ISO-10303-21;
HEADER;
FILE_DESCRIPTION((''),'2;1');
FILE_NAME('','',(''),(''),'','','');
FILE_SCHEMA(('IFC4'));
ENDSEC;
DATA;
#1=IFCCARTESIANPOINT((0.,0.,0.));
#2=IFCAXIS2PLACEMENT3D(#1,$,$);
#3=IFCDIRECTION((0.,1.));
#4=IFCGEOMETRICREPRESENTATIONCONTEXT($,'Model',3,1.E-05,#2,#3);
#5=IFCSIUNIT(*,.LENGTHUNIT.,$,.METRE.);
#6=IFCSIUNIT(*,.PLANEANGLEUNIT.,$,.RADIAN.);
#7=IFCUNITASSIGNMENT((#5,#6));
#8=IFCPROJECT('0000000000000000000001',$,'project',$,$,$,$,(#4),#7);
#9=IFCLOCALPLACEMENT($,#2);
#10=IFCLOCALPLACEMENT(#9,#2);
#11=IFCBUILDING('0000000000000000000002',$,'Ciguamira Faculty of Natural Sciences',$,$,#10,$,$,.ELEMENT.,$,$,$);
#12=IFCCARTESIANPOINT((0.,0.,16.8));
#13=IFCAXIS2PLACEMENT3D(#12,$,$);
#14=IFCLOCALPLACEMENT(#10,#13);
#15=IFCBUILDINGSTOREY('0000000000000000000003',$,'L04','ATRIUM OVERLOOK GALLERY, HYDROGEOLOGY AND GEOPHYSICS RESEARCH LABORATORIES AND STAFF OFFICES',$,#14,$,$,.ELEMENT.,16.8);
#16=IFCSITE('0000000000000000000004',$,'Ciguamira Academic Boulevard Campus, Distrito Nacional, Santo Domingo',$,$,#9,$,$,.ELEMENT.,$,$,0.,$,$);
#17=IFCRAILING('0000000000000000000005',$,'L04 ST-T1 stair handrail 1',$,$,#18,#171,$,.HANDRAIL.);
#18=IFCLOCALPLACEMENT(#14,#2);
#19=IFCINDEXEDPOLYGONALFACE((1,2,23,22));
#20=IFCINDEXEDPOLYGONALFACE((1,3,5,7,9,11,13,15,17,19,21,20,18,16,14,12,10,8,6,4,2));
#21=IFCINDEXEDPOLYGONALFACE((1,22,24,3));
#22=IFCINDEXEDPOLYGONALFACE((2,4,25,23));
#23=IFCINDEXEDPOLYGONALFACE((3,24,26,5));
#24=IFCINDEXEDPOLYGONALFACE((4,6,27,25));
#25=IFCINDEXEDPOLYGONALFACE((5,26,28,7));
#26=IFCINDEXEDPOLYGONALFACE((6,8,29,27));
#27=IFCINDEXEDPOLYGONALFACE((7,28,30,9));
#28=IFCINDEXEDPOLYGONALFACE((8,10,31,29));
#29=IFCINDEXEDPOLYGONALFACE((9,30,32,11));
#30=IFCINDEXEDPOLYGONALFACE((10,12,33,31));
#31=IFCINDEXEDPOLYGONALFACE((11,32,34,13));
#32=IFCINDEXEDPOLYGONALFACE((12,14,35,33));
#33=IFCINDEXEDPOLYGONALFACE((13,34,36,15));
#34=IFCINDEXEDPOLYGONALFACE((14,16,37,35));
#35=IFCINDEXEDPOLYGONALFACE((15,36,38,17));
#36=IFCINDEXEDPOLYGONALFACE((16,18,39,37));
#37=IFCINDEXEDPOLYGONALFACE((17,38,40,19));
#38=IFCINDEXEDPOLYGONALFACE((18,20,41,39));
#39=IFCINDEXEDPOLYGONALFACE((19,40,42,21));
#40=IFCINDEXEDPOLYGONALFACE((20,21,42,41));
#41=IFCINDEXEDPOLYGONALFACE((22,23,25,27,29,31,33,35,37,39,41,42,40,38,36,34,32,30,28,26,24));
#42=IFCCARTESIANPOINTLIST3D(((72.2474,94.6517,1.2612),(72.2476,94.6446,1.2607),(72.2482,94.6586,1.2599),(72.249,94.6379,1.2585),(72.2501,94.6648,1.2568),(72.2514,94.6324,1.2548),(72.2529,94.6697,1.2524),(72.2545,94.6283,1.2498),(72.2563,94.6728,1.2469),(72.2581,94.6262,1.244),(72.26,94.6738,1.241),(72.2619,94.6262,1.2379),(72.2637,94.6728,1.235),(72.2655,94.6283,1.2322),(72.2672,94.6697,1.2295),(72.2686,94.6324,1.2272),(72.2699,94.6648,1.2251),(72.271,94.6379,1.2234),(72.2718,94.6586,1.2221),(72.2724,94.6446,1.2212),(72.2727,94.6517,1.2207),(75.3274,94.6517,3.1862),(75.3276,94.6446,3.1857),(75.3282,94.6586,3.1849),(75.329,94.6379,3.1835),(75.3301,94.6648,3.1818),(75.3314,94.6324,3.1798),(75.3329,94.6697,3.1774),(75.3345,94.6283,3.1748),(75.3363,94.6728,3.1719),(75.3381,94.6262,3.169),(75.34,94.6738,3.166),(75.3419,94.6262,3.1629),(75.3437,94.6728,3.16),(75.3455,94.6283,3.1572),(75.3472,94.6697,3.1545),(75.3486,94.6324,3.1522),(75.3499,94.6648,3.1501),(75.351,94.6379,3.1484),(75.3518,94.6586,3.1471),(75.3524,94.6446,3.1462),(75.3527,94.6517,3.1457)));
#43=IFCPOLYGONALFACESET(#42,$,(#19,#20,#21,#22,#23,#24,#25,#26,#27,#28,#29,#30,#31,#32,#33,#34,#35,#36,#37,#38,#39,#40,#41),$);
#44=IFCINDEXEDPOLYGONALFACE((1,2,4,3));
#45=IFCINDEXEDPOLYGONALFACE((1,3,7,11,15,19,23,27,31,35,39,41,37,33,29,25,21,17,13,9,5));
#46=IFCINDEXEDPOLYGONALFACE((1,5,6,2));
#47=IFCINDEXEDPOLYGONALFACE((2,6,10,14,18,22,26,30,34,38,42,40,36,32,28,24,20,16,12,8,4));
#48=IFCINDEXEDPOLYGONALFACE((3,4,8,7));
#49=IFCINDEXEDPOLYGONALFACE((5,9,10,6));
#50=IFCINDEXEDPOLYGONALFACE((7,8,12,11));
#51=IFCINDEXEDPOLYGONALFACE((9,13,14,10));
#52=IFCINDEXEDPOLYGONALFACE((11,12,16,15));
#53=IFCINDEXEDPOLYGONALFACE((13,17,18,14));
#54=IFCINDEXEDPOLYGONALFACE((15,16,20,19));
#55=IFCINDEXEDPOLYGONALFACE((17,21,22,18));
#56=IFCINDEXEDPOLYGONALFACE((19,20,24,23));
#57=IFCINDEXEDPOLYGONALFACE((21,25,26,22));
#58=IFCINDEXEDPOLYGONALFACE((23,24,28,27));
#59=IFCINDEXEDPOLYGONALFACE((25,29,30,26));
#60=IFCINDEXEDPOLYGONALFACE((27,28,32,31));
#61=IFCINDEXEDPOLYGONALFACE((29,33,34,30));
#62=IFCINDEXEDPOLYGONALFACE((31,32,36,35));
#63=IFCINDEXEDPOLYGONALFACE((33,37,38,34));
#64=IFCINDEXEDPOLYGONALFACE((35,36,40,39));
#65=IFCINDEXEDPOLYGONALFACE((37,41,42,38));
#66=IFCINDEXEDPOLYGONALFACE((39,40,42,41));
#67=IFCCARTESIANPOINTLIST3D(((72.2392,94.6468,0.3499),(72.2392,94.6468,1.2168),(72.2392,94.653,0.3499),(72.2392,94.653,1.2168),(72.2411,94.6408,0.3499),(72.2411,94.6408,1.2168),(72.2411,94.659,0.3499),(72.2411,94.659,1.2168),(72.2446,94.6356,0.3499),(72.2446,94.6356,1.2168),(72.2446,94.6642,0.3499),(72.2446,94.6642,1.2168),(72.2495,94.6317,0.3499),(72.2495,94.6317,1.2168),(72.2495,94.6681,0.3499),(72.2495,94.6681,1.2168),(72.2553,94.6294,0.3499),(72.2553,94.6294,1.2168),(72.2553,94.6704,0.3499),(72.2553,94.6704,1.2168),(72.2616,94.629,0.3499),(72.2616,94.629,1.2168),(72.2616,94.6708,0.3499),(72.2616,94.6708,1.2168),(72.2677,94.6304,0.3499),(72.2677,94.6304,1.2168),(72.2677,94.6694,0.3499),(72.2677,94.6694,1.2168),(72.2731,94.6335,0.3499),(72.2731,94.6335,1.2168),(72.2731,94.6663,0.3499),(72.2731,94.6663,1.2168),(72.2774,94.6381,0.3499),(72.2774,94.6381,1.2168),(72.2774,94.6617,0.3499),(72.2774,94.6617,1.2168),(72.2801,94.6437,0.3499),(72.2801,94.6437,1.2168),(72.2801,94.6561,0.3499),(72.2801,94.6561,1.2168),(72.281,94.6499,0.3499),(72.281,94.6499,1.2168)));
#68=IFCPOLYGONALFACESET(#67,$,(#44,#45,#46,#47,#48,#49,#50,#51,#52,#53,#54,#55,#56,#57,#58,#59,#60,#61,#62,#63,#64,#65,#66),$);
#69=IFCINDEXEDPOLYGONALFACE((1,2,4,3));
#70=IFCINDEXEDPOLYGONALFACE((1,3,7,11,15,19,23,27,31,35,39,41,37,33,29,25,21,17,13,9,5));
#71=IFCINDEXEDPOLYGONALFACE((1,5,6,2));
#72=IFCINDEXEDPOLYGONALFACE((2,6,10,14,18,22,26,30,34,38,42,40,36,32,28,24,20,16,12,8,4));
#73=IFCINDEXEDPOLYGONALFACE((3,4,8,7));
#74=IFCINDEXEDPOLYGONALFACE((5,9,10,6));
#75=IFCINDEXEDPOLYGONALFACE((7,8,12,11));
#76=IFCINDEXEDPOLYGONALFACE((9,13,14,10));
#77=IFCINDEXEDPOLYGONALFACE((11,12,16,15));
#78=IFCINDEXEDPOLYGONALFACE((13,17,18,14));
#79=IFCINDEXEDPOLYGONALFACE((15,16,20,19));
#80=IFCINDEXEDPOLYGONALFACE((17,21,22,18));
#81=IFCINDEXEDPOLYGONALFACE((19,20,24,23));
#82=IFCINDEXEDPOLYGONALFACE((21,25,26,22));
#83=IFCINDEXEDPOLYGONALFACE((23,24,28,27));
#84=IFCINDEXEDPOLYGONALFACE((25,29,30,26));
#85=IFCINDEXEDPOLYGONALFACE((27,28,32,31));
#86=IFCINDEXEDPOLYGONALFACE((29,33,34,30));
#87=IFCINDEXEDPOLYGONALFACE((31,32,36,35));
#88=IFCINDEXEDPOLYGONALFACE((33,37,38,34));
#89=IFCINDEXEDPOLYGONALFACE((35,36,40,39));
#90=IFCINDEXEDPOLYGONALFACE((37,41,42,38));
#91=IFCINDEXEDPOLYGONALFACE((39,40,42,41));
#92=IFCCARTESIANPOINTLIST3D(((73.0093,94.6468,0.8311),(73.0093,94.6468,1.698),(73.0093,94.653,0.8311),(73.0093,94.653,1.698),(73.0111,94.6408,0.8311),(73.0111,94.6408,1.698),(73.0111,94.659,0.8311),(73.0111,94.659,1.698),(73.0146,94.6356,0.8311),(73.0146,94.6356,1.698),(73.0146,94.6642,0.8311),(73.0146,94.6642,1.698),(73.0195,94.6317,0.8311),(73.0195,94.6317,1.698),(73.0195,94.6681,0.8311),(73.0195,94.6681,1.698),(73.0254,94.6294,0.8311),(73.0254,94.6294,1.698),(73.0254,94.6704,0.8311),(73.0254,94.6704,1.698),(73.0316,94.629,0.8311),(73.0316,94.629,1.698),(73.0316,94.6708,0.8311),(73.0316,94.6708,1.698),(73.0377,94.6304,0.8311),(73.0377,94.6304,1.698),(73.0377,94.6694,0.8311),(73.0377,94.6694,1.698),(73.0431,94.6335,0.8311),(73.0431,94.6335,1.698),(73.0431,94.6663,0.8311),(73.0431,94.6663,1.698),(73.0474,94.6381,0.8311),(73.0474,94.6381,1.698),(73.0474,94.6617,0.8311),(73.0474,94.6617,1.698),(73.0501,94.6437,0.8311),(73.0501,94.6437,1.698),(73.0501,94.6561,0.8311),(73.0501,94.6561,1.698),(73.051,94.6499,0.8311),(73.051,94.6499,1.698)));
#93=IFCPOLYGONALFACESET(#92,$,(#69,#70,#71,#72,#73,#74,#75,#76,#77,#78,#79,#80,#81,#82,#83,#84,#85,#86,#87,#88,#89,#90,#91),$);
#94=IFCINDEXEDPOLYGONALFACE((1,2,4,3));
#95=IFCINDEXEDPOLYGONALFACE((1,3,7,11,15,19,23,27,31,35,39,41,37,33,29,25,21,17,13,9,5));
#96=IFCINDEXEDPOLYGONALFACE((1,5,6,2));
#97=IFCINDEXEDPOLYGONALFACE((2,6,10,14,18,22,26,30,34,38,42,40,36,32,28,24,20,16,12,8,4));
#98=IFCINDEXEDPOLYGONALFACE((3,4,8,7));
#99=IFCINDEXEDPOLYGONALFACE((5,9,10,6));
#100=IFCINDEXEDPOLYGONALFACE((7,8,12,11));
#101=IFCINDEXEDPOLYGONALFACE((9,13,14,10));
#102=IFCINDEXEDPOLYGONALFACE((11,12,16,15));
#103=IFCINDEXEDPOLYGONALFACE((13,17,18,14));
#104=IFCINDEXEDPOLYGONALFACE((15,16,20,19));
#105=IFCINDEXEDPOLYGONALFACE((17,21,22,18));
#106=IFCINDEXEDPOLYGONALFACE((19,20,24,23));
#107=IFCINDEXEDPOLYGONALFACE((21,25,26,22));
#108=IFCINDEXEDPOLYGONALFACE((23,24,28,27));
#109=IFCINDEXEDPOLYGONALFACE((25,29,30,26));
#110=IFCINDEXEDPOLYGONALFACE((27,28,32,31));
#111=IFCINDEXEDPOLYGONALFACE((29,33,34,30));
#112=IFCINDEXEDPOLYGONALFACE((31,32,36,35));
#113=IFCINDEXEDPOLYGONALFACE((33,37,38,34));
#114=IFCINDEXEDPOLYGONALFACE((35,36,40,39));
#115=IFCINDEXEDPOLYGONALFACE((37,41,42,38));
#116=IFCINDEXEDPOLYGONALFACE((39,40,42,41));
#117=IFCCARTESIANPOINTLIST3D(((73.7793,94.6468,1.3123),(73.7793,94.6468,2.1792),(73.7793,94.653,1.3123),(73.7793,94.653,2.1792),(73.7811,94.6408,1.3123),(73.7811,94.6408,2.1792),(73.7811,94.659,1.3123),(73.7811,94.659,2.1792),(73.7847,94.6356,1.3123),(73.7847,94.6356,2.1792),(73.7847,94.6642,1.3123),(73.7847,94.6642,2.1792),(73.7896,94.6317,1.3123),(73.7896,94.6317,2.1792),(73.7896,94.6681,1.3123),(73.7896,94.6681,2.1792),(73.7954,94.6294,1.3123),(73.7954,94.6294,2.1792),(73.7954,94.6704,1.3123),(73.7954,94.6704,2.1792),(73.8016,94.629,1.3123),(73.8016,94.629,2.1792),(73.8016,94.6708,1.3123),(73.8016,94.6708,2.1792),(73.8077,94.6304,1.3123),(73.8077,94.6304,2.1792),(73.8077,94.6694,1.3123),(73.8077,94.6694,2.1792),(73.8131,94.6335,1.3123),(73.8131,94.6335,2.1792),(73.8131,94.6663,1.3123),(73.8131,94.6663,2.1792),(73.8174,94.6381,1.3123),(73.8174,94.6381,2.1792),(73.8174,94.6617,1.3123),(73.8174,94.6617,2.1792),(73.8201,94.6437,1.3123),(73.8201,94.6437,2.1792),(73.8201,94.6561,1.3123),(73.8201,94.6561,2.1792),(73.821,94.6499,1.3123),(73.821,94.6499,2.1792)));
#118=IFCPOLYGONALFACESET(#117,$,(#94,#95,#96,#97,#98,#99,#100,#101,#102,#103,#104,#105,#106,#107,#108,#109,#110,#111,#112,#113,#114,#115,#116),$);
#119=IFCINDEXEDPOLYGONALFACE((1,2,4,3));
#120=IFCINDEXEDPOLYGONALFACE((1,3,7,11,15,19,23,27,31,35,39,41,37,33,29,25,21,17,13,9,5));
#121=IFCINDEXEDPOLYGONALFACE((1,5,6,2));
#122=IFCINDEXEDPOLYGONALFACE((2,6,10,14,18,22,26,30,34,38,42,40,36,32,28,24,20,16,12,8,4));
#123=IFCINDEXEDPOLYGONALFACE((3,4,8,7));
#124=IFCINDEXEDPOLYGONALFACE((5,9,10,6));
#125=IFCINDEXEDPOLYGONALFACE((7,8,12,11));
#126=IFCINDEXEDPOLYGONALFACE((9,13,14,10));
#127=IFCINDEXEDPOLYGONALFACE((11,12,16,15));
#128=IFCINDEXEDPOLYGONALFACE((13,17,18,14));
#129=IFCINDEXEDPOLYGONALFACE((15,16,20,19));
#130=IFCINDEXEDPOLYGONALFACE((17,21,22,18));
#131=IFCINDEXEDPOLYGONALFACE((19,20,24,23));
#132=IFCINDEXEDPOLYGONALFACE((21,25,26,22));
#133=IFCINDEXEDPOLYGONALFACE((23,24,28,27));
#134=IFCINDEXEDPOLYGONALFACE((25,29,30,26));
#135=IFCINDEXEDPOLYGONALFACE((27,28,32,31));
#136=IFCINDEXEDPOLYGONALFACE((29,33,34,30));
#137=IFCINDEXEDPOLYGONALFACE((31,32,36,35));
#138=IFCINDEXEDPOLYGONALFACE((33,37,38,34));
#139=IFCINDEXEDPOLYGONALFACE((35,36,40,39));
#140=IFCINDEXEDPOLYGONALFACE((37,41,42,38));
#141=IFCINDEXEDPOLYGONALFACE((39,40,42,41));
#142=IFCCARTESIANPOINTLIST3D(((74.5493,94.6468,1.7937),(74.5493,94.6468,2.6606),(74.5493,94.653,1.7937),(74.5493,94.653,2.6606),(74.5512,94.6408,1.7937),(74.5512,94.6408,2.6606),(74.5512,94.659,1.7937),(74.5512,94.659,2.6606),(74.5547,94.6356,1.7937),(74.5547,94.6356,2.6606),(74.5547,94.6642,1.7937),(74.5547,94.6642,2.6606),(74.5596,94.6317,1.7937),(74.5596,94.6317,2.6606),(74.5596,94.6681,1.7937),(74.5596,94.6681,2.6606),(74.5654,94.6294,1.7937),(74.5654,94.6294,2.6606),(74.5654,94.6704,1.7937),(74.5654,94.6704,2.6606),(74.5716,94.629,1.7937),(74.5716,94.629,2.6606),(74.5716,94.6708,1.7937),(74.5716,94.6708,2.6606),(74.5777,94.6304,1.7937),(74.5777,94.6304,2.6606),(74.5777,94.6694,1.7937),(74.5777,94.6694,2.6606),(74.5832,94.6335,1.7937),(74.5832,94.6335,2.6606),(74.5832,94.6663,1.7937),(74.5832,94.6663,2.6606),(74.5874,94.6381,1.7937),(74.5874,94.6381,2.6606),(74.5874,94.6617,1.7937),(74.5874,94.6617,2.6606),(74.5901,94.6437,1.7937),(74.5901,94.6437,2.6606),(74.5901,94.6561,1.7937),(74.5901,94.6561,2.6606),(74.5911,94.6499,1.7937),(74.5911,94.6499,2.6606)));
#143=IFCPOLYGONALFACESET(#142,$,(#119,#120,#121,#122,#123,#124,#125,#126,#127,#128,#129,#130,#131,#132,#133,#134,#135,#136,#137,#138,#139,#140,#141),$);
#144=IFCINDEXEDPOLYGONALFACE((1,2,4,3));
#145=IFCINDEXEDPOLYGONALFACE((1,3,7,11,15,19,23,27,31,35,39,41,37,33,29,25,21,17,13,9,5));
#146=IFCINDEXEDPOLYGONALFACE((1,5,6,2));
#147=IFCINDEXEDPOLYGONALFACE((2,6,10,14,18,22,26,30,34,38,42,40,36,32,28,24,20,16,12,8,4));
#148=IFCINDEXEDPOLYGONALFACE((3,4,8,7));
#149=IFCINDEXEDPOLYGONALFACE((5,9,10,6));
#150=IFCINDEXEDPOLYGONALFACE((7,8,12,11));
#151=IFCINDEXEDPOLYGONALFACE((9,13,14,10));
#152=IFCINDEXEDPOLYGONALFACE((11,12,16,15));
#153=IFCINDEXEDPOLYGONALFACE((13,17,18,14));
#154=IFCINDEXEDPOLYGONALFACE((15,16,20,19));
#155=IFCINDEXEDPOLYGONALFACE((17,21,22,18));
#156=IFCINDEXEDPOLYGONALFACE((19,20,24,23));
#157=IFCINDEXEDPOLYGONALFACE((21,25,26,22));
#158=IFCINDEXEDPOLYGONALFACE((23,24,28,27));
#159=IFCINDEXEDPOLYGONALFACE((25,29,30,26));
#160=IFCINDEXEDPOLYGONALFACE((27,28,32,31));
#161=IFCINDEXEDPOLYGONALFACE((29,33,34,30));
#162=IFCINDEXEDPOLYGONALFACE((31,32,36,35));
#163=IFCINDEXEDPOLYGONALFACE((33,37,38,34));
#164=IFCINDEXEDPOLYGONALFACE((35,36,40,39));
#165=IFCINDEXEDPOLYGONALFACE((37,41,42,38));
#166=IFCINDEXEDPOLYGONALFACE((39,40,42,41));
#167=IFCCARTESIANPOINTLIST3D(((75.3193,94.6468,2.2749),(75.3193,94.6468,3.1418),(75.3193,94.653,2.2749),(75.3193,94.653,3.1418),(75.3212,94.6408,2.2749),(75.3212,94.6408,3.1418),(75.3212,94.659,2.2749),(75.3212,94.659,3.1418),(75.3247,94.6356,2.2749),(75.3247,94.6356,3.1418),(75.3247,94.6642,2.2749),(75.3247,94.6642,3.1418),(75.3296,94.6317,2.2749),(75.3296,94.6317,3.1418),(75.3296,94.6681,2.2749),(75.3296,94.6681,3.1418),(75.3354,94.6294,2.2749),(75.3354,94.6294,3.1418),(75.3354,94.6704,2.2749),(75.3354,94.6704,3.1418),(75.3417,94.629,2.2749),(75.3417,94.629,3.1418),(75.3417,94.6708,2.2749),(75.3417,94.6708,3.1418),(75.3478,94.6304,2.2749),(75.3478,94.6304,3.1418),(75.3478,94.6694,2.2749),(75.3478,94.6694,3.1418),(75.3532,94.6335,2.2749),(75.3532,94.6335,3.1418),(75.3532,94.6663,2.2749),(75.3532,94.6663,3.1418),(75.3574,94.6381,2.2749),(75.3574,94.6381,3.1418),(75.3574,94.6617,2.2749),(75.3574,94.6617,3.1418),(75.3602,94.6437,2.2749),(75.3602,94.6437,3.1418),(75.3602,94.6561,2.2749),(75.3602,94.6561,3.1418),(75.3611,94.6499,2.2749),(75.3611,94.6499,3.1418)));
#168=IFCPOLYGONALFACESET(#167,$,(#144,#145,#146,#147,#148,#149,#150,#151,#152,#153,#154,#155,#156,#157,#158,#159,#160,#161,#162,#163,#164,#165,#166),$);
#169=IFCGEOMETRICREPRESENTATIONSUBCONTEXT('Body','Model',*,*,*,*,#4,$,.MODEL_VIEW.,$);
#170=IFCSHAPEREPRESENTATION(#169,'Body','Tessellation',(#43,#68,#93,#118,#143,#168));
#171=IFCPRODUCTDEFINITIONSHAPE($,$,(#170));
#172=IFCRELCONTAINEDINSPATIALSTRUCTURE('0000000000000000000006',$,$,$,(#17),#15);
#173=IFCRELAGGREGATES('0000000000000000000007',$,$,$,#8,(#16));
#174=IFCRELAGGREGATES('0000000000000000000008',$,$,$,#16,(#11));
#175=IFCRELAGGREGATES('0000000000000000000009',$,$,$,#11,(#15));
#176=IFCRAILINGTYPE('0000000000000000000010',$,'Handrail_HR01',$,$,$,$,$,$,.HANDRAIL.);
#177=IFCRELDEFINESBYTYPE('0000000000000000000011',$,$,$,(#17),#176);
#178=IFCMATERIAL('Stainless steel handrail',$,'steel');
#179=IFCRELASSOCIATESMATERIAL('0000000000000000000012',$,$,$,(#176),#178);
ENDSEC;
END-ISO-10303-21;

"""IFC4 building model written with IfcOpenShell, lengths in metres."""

from ifc_helpers import new_model, si_unit, direction, frame, origin, origin_2d, place, context, subcontext, project, spatial, circle, extrude, material, type_object, element, save


model = new_model("IFC4")

# Units and contexts
model_context = context("Model", 3, precision=1e-05, world=origin(), true_north=direction((0.0, 1.0)))
body_context = subcontext(model_context, "Body", "Model", "MODEL_VIEW")
ifc_project = project(units=[si_unit("LENGTHUNIT", "METRE"), si_unit("PLANEANGLEUNIT", "RADIAN")], contexts=[model_context])

# Site, building, storey
site_placement = place(None, origin())
site = spatial("IfcSite", under=ifc_project, at=site_placement, Name="Ciguamira Academic Boulevard Campus, Distrito Nacional, Santo Domingo", CompositionType="ELEMENT", RefElevation=0.0)
building_placement = place(site_placement, origin())
building = spatial("IfcBuilding", under=site, at=building_placement, Name="Ciguamira Faculty of Natural Sciences", CompositionType="ELEMENT")
storey_placement = place(building_placement, frame((0.0, 0.0, 16.8)))
storey = spatial("IfcBuildingStorey", under=building, at=storey_placement, Name="L04", Description="ATRIUM OVERLOOK GALLERY, HYDROGEOLOGY AND GEOPHYSICS RESEARCH LABORATORIES AND STAFF OFFICES", CompositionType="ELEMENT", Elevation=16.8)

# Railing
ifc_material_1 = material(Name="Stainless steel handrail", Category="steel")
railing_type_1 = type_object("IfcRailingType", Name="Handrail_HR01", PredefinedType="HANDRAIL", material=ifc_material_1)
railing_1_placement = place(storey_placement, frame((72.26, 94.6499, 0.3499)))
element("IfcRailing", 1, at=railing_1_placement, inside=storey, type_object=railing_type_1, Name="L04 ST-T1 stair handrail 1", PredefinedType="HANDRAIL", context=body_context, shape_type="SweptSolid", body=[
    extrude(circle(Radius=0.0239, at=origin_2d()), frame((0.0, 0.0, 0.8911), z_axis=(0.847998, 0.0, 0.529999), x_axis=(0.0, 1.0, 0.0)), (0.0, 0.0, 1.0), 3.6321),
    extrude(circle(Radius=0.021, at=origin_2d()), origin(), (0.0, 0.0, 1.0), 0.8669),
    extrude(circle(Radius=0.021, at=origin_2d()), frame((0.77, 0.0, 0.4812)), (0.0, 0.0, 1.0), 0.8669),
    extrude(circle(Radius=0.021, at=origin_2d()), frame((1.54, 0.0, 0.9624)), (0.0, 0.0, 1.0), 0.8669),
    extrude(circle(Radius=0.021, at=origin_2d()), frame((2.3101, 0.0, 1.4438)), (0.0, 0.0, 1.0), 0.8669),
    extrude(circle(Radius=0.021, at=origin_2d()), frame((3.0801, 0.0, 1.925)), (0.0, 0.0, 1.0), 0.8669),
])

save(model, "model.ifc")
